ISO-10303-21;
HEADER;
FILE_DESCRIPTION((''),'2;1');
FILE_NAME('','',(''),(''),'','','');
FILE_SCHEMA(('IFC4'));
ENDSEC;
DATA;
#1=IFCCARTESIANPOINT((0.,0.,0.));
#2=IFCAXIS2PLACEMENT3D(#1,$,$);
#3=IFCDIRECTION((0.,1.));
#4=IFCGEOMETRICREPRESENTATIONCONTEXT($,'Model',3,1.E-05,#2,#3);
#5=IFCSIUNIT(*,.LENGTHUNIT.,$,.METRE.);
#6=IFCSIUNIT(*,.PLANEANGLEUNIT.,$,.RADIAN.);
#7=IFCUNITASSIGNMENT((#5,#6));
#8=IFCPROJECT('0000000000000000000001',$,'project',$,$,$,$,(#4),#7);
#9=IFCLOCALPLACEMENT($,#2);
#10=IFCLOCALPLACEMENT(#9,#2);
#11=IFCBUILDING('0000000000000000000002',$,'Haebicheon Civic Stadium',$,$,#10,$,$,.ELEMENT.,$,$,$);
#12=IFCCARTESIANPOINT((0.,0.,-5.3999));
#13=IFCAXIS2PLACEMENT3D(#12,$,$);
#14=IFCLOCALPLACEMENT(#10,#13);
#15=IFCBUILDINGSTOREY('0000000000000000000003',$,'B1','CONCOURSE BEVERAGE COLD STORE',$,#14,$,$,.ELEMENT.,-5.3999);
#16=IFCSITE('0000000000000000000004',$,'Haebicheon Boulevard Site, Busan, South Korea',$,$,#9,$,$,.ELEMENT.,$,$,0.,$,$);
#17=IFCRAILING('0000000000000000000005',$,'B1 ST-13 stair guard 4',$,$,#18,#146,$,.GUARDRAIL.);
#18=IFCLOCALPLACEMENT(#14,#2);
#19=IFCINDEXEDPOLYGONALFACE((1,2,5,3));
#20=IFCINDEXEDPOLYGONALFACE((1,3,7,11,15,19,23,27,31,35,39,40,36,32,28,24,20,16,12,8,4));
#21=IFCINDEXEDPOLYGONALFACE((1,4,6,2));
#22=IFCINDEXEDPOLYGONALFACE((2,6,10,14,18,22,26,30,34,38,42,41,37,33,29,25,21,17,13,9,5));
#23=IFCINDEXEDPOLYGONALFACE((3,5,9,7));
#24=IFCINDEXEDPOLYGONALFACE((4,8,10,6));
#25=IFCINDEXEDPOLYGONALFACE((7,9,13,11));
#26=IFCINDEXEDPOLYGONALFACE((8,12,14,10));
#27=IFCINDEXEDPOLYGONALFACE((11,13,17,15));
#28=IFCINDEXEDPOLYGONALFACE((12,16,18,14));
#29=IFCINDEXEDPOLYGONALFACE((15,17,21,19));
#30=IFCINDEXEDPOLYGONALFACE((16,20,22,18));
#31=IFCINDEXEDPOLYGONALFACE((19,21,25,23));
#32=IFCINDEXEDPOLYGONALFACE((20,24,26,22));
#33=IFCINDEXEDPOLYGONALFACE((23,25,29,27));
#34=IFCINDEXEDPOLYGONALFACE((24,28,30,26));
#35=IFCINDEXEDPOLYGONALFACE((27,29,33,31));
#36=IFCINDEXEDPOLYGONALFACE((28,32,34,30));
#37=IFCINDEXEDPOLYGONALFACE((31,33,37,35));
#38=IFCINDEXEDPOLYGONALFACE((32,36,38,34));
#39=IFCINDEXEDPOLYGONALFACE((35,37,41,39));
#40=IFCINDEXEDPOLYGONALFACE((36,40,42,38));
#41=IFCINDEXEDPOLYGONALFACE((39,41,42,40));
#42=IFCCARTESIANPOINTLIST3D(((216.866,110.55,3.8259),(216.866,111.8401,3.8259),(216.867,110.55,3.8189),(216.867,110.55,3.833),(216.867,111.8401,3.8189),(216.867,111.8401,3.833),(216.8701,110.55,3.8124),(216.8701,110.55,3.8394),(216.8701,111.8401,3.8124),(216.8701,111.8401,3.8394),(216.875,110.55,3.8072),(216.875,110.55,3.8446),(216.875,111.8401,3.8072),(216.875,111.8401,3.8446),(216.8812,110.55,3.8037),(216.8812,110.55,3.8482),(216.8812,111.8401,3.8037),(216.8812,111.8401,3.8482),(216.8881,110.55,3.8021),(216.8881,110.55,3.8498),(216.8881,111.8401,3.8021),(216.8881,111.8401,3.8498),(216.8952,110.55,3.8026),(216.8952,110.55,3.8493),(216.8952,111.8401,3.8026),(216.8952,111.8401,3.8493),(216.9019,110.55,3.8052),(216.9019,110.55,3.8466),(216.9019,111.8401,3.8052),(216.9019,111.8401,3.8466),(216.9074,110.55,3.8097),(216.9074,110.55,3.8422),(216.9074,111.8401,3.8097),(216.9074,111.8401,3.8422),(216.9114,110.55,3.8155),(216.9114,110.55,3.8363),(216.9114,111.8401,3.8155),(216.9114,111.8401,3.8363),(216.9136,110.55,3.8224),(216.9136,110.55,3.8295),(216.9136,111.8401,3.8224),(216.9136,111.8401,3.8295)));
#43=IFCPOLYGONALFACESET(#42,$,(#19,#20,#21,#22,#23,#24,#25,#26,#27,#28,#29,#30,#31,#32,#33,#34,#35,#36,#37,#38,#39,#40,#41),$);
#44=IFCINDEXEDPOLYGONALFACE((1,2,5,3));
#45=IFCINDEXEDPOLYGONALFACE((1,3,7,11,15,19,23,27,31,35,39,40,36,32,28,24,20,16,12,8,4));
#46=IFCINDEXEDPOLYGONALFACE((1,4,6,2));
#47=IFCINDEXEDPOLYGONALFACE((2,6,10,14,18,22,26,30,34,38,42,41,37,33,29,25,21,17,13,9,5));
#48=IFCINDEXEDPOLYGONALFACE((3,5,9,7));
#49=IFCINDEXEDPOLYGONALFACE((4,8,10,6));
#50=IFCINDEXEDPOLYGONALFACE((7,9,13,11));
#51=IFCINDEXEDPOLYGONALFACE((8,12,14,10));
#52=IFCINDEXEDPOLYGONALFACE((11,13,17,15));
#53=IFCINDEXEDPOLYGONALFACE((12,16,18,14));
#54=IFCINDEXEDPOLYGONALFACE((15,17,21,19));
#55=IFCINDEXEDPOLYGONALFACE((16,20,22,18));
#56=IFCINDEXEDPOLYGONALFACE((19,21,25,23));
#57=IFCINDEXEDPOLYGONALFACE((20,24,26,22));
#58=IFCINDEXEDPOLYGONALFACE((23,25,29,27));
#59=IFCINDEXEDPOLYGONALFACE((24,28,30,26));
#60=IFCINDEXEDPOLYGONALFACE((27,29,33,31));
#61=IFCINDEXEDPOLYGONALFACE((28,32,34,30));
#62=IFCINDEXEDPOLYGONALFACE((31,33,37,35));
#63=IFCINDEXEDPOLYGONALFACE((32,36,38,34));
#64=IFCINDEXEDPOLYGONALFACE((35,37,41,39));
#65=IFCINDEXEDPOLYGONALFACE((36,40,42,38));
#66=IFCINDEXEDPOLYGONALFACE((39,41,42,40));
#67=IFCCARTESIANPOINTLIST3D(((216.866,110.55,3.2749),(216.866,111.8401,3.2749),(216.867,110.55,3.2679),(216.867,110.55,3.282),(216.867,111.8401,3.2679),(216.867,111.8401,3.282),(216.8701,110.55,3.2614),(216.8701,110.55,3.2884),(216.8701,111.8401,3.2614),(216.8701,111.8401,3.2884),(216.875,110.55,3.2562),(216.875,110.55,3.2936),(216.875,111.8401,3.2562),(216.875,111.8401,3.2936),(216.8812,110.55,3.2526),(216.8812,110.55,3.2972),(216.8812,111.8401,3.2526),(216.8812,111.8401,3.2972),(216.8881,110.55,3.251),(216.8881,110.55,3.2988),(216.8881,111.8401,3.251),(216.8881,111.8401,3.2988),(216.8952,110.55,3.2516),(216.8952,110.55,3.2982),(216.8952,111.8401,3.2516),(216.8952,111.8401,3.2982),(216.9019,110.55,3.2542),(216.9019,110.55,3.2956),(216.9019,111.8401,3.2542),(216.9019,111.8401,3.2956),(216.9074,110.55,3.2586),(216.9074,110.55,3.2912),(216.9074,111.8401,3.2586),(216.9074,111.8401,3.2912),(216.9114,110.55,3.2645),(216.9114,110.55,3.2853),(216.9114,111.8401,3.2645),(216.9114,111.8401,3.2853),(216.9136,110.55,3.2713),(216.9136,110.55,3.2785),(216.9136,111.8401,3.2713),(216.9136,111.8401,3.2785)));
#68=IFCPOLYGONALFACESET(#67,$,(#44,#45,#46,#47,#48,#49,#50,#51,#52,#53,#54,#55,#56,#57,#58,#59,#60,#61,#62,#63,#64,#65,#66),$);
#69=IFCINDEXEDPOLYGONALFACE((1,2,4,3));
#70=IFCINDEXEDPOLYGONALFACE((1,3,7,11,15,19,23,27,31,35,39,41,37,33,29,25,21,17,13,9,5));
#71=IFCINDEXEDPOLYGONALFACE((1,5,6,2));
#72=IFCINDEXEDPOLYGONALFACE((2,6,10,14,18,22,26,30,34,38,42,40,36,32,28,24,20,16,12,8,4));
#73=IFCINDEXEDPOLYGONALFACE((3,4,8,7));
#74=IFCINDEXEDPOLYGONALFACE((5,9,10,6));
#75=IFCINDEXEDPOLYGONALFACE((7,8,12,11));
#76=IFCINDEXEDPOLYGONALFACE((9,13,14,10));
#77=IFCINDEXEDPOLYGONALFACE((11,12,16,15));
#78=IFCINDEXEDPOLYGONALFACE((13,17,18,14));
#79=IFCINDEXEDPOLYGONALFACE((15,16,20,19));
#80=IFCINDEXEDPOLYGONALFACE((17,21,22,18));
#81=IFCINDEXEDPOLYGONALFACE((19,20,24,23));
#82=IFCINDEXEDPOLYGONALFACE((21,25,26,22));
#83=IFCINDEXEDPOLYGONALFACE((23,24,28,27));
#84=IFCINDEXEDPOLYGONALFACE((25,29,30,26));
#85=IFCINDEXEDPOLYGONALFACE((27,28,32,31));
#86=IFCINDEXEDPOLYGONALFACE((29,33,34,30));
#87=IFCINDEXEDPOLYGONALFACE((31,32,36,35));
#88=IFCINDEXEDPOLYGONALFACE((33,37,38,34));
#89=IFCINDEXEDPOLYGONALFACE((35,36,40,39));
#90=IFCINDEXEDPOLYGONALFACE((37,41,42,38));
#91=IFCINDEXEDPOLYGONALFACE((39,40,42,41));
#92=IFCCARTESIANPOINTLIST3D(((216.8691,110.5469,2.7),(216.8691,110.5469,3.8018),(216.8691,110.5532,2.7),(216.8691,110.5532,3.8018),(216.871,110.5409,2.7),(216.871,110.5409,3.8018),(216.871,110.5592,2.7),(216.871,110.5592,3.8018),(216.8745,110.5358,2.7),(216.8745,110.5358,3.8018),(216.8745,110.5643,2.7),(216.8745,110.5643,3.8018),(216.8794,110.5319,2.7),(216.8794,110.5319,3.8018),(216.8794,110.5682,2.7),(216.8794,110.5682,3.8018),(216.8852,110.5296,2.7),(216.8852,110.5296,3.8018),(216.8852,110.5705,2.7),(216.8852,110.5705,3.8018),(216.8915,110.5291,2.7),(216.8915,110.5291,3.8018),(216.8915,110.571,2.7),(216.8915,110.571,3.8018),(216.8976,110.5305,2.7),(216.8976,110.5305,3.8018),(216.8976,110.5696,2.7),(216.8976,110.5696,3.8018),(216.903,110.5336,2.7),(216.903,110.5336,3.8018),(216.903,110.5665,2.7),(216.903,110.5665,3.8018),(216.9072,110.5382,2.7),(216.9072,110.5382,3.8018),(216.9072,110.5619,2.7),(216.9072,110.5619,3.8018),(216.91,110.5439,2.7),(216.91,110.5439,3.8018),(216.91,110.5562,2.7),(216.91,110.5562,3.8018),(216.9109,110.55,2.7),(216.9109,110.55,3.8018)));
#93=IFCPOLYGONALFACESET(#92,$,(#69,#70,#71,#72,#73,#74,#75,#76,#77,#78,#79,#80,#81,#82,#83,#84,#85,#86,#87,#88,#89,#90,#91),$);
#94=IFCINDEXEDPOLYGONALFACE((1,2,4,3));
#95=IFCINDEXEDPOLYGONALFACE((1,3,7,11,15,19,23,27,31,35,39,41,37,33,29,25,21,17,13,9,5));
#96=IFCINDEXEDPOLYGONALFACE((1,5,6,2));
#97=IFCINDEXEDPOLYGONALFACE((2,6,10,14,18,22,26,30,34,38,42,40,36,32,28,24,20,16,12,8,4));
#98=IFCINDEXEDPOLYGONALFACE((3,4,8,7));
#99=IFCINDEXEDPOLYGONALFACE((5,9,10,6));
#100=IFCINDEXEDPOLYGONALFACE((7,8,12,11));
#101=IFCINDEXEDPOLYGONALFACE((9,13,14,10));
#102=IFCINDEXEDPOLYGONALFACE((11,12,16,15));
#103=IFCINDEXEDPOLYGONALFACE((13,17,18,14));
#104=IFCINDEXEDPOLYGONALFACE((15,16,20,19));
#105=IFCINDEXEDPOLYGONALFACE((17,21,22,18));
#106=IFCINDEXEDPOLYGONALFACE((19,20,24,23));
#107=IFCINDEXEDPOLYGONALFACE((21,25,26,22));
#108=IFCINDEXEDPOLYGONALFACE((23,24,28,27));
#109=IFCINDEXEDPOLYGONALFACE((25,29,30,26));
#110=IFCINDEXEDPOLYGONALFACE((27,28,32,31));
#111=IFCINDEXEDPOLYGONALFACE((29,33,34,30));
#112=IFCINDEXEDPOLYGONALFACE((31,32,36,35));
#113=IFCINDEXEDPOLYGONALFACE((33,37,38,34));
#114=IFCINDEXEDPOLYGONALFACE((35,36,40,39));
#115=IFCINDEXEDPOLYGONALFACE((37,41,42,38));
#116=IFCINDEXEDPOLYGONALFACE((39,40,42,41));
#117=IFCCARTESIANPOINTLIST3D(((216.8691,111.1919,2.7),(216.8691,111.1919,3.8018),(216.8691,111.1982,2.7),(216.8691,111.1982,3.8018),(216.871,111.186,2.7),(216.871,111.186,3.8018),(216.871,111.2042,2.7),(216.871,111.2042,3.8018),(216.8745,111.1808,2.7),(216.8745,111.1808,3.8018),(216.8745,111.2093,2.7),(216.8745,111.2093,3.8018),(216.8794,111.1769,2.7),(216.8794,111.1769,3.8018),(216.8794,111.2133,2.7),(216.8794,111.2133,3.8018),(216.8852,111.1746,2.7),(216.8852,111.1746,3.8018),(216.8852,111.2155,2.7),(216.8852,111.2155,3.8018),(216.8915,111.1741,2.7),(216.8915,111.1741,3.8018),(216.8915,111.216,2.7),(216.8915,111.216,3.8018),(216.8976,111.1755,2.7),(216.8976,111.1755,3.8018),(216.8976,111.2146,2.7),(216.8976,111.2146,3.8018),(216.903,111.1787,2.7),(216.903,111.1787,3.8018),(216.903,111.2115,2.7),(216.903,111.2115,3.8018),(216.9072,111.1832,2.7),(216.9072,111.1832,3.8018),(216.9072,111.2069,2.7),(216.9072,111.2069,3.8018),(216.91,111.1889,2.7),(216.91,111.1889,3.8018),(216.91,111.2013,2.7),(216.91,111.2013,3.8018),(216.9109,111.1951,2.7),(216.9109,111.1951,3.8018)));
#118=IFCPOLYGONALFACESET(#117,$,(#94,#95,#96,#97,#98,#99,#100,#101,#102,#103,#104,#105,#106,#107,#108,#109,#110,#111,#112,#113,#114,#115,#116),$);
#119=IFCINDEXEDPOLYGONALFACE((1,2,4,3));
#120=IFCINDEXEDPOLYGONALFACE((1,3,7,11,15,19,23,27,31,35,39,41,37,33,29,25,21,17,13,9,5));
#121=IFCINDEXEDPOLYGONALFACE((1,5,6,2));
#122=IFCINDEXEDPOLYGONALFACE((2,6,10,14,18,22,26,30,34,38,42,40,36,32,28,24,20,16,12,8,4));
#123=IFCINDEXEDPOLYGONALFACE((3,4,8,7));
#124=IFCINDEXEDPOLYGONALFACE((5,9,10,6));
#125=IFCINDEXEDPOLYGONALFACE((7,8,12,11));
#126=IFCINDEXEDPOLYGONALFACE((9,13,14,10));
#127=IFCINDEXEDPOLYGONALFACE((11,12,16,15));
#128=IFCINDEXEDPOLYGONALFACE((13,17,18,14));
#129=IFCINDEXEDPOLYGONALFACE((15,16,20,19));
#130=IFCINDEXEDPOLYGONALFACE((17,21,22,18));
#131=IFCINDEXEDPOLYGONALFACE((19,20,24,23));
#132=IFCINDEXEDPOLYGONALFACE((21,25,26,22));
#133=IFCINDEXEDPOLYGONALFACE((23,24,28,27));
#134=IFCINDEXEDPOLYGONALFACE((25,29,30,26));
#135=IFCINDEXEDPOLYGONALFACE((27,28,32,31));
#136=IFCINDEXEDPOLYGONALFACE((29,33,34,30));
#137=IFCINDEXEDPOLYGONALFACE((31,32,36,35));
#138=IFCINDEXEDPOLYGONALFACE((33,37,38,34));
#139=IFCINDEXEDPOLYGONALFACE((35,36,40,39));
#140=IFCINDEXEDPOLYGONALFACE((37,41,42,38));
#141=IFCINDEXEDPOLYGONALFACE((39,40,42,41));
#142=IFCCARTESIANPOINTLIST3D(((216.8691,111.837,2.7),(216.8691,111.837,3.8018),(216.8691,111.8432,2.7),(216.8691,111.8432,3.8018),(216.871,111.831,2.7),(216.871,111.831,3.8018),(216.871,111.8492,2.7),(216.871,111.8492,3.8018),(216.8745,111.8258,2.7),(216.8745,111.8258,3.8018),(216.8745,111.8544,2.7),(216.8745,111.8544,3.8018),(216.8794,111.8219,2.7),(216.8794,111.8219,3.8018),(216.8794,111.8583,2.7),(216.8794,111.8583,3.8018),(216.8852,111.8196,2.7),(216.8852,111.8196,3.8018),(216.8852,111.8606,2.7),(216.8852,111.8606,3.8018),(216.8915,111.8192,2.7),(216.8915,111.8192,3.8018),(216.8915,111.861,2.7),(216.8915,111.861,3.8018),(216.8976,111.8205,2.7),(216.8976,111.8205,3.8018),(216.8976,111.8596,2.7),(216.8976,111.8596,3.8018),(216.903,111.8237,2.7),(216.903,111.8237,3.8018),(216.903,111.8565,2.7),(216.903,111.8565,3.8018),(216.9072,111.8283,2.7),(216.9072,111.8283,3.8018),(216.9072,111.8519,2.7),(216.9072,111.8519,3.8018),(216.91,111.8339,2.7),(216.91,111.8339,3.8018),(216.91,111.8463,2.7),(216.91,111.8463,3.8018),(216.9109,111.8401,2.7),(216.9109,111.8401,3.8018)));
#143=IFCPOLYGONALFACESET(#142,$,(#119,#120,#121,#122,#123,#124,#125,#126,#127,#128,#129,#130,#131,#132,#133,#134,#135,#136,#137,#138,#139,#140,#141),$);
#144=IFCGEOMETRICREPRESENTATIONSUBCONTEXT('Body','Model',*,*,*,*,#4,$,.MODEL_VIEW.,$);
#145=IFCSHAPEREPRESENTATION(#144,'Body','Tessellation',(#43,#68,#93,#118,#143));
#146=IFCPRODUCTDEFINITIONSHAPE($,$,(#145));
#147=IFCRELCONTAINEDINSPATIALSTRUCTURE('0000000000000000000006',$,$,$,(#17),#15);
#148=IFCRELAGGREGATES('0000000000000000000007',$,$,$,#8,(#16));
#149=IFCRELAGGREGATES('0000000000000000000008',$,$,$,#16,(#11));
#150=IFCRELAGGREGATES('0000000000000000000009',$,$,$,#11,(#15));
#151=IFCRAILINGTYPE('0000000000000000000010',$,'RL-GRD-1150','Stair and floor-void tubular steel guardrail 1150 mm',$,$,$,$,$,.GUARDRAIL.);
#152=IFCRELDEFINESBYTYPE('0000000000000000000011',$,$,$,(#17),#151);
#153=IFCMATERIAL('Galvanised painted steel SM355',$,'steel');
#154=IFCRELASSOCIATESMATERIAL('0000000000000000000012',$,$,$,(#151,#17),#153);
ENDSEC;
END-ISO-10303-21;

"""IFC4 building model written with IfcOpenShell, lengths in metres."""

from ifc_helpers import new_model, si_unit, direction, frame, origin, origin_2d, place, context, subcontext, project, spatial, circle, extrude, material, type_object, element, save


model = new_model("IFC4")

# Units and contexts
model_context = context("Model", 3, precision=1e-05, world=origin(), true_north=direction((0.0, 1.0)))
body_context = subcontext(model_context, "Body", "Model", "MODEL_VIEW")
ifc_project = project(units=[si_unit("LENGTHUNIT", "METRE"), si_unit("PLANEANGLEUNIT", "RADIAN")], contexts=[model_context])

# Site, building, storey
site_placement = place(None, origin())
site = spatial("IfcSite", under=ifc_project, at=site_placement, Name="Haebicheon Boulevard Site, Busan, South Korea", CompositionType="ELEMENT", RefElevation=0.0)
building_placement = place(site_placement, origin())
building = spatial("IfcBuilding", under=site, at=building_placement, Name="Haebicheon Civic Stadium", CompositionType="ELEMENT")
storey_placement = place(building_placement, frame((0.0, 0.0, -5.3999)))
storey = spatial("IfcBuildingStorey", under=building, at=storey_placement, Name="B1", Description="CONCOURSE BEVERAGE COLD STORE", CompositionType="ELEMENT", Elevation=-5.3999)

# Railing
ifc_material_1 = material(Name="Galvanised painted steel SM355", Category="steel")
railing_type_1 = type_object("IfcRailingType", Name="RL-GRD-1150", Description="Stair and floor-void tubular steel guardrail 1150 mm", PredefinedType="GUARDRAIL", material=ifc_material_1)
for number, where, name in (
    (1, (216.8899, 110.55, 2.7), "B1 ST-13 stair guard 4"),
):
    element("IfcRailing", number, at=place(storey_placement, frame(where)), inside=storey, type_object=railing_type_1, material=ifc_material_1, Name=name, PredefinedType="GUARDRAIL", context=body_context, shape_type="SweptSolid", body=[
        extrude(circle(Radius=0.0239, at=origin_2d()), frame((0.0, 0.0, 1.126), z_axis=(0.0, 1.0, 0.0), x_axis=(-1.0, 0.0, 0.0)), (0.0, 0.0, 1.0), 1.29),
        extrude(circle(Radius=0.0239, at=origin_2d()), frame((0.0, 0.0, 0.575), z_axis=(0.0, 1.0, 0.0), x_axis=(-1.0, 0.0, 0.0)), (0.0, 0.0, 1.0), 1.29),
        extrude(circle(Radius=0.021, at=origin_2d()), origin(), (0.0, 0.0, 1.0), 1.1018),
        extrude(circle(Radius=0.021, at=origin_2d()), frame((0.0, 0.645, 0.0)), (0.0, 0.0, 1.0), 1.1018),
        extrude(circle(Radius=0.021, at=origin_2d()), frame((0.0, 1.29, 0.0)), (0.0, 0.0, 1.0), 1.1018),
    ])

save(model, "model.ifc")
